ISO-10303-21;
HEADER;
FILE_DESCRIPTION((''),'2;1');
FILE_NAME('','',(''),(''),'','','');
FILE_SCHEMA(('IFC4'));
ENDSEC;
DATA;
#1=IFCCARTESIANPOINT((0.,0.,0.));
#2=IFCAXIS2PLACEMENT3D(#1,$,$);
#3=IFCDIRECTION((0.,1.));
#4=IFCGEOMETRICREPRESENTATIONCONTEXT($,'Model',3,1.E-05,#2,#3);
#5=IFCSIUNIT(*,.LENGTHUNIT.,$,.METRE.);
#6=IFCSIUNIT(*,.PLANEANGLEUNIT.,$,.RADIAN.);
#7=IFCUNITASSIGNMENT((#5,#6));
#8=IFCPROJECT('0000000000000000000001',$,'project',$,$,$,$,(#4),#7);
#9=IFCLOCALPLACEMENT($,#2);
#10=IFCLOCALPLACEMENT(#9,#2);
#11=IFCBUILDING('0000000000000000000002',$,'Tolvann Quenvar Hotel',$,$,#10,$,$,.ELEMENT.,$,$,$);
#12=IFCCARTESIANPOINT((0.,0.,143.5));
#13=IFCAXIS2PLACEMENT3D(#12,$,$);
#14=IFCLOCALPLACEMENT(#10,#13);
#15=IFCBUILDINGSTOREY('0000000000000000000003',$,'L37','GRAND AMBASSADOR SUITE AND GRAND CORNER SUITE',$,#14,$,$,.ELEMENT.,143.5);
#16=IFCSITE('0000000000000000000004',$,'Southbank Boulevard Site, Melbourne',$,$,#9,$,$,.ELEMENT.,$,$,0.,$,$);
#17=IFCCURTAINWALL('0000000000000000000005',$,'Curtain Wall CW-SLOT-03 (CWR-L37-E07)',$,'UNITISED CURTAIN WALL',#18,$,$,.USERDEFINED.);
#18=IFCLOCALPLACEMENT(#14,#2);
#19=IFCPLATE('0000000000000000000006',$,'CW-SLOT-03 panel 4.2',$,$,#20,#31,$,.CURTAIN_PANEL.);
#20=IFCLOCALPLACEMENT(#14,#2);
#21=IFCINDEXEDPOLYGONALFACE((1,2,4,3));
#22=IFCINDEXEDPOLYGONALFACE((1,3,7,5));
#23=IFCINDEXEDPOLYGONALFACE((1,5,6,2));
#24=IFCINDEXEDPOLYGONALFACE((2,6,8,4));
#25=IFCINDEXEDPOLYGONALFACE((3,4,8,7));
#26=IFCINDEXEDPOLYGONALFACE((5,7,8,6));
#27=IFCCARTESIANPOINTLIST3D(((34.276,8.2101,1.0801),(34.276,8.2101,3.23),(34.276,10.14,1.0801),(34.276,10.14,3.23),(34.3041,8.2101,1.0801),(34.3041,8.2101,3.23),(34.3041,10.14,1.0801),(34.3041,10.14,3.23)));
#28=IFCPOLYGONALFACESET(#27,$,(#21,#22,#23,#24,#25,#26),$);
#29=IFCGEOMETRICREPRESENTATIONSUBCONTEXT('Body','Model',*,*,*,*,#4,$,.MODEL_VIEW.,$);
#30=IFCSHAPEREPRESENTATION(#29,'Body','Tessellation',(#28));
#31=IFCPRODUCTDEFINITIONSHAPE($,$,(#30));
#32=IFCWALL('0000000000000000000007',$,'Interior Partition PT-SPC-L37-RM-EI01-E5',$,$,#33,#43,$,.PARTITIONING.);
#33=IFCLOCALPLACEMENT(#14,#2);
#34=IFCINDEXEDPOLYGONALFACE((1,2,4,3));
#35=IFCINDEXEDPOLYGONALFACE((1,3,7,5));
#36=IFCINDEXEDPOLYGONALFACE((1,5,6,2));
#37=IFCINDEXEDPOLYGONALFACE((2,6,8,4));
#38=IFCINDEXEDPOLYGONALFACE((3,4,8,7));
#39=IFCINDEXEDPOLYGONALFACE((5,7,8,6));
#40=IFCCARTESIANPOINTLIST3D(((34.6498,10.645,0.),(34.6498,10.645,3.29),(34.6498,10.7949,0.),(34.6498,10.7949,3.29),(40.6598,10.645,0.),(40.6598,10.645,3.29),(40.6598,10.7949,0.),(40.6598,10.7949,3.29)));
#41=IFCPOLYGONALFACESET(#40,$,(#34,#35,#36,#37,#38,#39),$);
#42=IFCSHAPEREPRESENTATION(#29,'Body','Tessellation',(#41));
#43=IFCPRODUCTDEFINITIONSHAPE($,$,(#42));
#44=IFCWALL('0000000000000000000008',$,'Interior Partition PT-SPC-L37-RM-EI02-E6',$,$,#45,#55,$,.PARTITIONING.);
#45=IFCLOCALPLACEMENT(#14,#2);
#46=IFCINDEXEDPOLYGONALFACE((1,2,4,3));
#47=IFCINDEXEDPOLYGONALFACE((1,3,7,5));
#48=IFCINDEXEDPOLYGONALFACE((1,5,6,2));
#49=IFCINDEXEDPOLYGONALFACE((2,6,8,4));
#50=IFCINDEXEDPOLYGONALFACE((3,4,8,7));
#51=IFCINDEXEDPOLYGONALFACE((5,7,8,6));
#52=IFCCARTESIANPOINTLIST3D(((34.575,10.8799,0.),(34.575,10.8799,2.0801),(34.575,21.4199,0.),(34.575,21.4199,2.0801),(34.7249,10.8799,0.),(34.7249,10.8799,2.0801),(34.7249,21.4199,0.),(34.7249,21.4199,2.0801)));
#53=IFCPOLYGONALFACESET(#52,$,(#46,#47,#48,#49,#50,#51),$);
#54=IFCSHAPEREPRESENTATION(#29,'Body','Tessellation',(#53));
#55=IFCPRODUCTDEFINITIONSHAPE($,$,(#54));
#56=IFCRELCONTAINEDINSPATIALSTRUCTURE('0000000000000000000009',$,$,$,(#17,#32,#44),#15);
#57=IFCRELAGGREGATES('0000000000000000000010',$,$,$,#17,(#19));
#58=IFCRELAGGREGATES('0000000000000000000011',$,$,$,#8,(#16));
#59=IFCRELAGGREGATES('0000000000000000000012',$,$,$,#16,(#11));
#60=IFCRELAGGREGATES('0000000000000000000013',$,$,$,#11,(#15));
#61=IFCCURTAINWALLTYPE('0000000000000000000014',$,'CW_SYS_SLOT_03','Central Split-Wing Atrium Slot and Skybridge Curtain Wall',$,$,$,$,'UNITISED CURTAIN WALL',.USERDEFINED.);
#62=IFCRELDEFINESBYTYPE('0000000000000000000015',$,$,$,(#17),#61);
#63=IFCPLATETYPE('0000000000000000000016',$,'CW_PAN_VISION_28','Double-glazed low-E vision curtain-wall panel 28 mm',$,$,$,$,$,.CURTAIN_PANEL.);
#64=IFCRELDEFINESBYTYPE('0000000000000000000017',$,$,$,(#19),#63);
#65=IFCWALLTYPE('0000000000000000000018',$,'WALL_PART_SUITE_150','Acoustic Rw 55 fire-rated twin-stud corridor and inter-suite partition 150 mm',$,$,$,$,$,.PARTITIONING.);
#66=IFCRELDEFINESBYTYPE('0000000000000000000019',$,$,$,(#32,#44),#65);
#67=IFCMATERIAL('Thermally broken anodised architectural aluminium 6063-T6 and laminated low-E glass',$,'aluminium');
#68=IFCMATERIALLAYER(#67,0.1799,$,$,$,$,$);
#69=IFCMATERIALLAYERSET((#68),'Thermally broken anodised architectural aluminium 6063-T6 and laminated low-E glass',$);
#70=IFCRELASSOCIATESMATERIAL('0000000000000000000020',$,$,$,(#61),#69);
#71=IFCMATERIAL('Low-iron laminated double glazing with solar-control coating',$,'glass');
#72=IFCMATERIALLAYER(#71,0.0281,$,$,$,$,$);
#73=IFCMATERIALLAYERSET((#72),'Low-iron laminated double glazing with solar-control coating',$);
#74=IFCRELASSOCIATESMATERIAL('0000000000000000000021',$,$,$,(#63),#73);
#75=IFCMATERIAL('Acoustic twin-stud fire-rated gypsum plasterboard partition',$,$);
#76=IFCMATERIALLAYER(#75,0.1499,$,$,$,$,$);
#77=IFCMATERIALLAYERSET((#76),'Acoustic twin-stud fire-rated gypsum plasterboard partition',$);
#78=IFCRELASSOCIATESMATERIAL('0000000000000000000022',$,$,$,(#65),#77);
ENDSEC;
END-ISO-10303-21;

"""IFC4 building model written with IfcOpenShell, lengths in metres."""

from ifc_helpers import new_model, si_unit, direction, frame, frame_2d, origin, origin_2d, place, context, subcontext, project, spatial, rectangle, extrude, source, transform, mapped, material, layer, layer_set, type_object, element, aggregate, save


model = new_model("IFC4")

# Units and contexts
model_context = context("Model", 3, precision=1e-05, world=origin(), true_north=direction((0.0, 1.0)))
body_context = subcontext(model_context, "Body", "Model", "MODEL_VIEW")
ifc_project = project(units=[si_unit("LENGTHUNIT", "METRE"), si_unit("PLANEANGLEUNIT", "RADIAN")], contexts=[model_context])

# Site, building, storey
site_placement = place(None, origin())
site = spatial("IfcSite", under=ifc_project, at=site_placement, Name="Southbank Boulevard Site, Melbourne", CompositionType="ELEMENT", RefElevation=0.0)
building_placement = place(site_placement, origin())
building = spatial("IfcBuilding", under=site, at=building_placement, Name="Tolvann Quenvar Hotel", CompositionType="ELEMENT")
storey_placement = place(building_placement, frame((0.0, 0.0, 143.5)))
storey = spatial("IfcBuildingStorey", under=building, at=storey_placement, Name="L37", Description="GRAND AMBASSADOR SUITE AND GRAND CORNER SUITE", CompositionType="ELEMENT", Elevation=143.5)

# Curtain wall, plate
ifc_material_1 = material(Name="Thermally broken anodised architectural aluminium 6063-T6 and laminated low-E glass", Category="aluminium")
ifc_layer_1 = layer(ifc_material_1, 0.1799)
ifc_layer_set_1 = layer_set([ifc_layer_1], Name="Thermally broken anodised architectural aluminium 6063-T6 and laminated low-E glass")
curtain_wall_type = type_object("IfcCurtainWallType", Name="CW_SYS_SLOT_03", Description="Central Split-Wing Atrium Slot and Skybridge Curtain Wall", ElementType="UNITISED CURTAIN WALL", PredefinedType="USERDEFINED", material=ifc_layer_set_1)
curtain_wall_placement = place(storey_placement, origin())
curtain_wall = element("IfcCurtainWall", 1, at=curtain_wall_placement, inside=storey, type_object=curtain_wall_type, Name="Curtain Wall CW-SLOT-03 (CWR-L37-E07)", ObjectType="UNITISED CURTAIN WALL", PredefinedType="USERDEFINED")
ifc_material_2 = material(Name="Low-iron laminated double glazing with solar-control coating", Category="glass")
ifc_layer_2 = layer(ifc_material_2, 0.0281)
ifc_layer_set_2 = layer_set([ifc_layer_2], Name="Low-iron laminated double glazing with solar-control coating")
plate_type = type_object("IfcPlateType", Name="CW_PAN_VISION_28", Description="Double-glazed low-E vision curtain-wall panel 28 mm", PredefinedType="CURTAIN_PANEL", material=ifc_layer_set_2)
shared_shape_1 = source(origin(), body_context, "Body", "SweptSolid", [
    extrude(rectangle(XDim=1.9299, YDim=0.0281, at=origin_2d()), origin(), (0.0, 0.0, 1.0), 2.1499),
])
plate_1_placement = place(storey_placement, frame((34.29, 9.175, 1.0801), z_axis=(0.0, 0.0, 1.0), x_axis=(0.0, -1.0, 0.0)))
plate_1 = element("IfcPlate", 2, at=plate_1_placement, type_object=plate_type, Name="CW-SLOT-03 panel 4.2", PredefinedType="CURTAIN_PANEL", context=body_context, shape_type="MappedRepresentation", body=[
    mapped(shared_shape_1, transform((0.0, 0.0, 0.0), x_axis=(1.0, 0.0, 0.0), y_axis=(0.0, 1.0, 0.0), z_axis=(0.0, 0.0, 1.0), scale=1.0)),
])
aggregate(curtain_wall, [plate_1])

# Walls
ifc_material_3 = material(Name="Acoustic twin-stud fire-rated gypsum plasterboard partition")
ifc_layer_3 = layer(ifc_material_3, 0.1499)
ifc_layer_set_3 = layer_set([ifc_layer_3], Name="Acoustic twin-stud fire-rated gypsum plasterboard partition")
wall_type = type_object("IfcWallType", Name="WALL_PART_SUITE_150", Description="Acoustic Rw 55 fire-rated twin-stud corridor and inter-suite partition 150 mm", PredefinedType="PARTITIONING", material=ifc_layer_set_3)
wall_1_placement = place(storey_placement, frame((34.6499, 10.72, 0.0), z_axis=(0.0, 0.0, 1.0), x_axis=(1.0, 0.0, 0.0)))
element("IfcWall", 3, at=wall_1_placement, inside=storey, type_object=wall_type, Name="Interior Partition PT-SPC-L37-RM-EI01-E5", PredefinedType="PARTITIONING", context=body_context, shape_type="SweptSolid", body=[
    extrude(rectangle(XDim=6.01, YDim=0.1499, at=frame_2d((3.0049, 0.0))), origin(), (0.0, 0.0, 1.0), 3.29),
])
wall_2_placement = place(storey_placement, frame((34.6499, 10.8799, 0.0), z_axis=(0.0, 0.0, 1.0), x_axis=(0.0, 1.0, 0.0)))
element("IfcWall", 4, at=wall_2_placement, inside=storey, type_object=wall_type, Name="Interior Partition PT-SPC-L37-RM-EI02-E6", PredefinedType="PARTITIONING", context=body_context, shape_type="SweptSolid", body=[
    extrude(rectangle(XDim=10.54, YDim=0.1499, at=frame_2d((5.27, 0.0))), origin(), (0.0, 0.0, 1.0), 2.0801),
])

save(model, "model.ifc")
